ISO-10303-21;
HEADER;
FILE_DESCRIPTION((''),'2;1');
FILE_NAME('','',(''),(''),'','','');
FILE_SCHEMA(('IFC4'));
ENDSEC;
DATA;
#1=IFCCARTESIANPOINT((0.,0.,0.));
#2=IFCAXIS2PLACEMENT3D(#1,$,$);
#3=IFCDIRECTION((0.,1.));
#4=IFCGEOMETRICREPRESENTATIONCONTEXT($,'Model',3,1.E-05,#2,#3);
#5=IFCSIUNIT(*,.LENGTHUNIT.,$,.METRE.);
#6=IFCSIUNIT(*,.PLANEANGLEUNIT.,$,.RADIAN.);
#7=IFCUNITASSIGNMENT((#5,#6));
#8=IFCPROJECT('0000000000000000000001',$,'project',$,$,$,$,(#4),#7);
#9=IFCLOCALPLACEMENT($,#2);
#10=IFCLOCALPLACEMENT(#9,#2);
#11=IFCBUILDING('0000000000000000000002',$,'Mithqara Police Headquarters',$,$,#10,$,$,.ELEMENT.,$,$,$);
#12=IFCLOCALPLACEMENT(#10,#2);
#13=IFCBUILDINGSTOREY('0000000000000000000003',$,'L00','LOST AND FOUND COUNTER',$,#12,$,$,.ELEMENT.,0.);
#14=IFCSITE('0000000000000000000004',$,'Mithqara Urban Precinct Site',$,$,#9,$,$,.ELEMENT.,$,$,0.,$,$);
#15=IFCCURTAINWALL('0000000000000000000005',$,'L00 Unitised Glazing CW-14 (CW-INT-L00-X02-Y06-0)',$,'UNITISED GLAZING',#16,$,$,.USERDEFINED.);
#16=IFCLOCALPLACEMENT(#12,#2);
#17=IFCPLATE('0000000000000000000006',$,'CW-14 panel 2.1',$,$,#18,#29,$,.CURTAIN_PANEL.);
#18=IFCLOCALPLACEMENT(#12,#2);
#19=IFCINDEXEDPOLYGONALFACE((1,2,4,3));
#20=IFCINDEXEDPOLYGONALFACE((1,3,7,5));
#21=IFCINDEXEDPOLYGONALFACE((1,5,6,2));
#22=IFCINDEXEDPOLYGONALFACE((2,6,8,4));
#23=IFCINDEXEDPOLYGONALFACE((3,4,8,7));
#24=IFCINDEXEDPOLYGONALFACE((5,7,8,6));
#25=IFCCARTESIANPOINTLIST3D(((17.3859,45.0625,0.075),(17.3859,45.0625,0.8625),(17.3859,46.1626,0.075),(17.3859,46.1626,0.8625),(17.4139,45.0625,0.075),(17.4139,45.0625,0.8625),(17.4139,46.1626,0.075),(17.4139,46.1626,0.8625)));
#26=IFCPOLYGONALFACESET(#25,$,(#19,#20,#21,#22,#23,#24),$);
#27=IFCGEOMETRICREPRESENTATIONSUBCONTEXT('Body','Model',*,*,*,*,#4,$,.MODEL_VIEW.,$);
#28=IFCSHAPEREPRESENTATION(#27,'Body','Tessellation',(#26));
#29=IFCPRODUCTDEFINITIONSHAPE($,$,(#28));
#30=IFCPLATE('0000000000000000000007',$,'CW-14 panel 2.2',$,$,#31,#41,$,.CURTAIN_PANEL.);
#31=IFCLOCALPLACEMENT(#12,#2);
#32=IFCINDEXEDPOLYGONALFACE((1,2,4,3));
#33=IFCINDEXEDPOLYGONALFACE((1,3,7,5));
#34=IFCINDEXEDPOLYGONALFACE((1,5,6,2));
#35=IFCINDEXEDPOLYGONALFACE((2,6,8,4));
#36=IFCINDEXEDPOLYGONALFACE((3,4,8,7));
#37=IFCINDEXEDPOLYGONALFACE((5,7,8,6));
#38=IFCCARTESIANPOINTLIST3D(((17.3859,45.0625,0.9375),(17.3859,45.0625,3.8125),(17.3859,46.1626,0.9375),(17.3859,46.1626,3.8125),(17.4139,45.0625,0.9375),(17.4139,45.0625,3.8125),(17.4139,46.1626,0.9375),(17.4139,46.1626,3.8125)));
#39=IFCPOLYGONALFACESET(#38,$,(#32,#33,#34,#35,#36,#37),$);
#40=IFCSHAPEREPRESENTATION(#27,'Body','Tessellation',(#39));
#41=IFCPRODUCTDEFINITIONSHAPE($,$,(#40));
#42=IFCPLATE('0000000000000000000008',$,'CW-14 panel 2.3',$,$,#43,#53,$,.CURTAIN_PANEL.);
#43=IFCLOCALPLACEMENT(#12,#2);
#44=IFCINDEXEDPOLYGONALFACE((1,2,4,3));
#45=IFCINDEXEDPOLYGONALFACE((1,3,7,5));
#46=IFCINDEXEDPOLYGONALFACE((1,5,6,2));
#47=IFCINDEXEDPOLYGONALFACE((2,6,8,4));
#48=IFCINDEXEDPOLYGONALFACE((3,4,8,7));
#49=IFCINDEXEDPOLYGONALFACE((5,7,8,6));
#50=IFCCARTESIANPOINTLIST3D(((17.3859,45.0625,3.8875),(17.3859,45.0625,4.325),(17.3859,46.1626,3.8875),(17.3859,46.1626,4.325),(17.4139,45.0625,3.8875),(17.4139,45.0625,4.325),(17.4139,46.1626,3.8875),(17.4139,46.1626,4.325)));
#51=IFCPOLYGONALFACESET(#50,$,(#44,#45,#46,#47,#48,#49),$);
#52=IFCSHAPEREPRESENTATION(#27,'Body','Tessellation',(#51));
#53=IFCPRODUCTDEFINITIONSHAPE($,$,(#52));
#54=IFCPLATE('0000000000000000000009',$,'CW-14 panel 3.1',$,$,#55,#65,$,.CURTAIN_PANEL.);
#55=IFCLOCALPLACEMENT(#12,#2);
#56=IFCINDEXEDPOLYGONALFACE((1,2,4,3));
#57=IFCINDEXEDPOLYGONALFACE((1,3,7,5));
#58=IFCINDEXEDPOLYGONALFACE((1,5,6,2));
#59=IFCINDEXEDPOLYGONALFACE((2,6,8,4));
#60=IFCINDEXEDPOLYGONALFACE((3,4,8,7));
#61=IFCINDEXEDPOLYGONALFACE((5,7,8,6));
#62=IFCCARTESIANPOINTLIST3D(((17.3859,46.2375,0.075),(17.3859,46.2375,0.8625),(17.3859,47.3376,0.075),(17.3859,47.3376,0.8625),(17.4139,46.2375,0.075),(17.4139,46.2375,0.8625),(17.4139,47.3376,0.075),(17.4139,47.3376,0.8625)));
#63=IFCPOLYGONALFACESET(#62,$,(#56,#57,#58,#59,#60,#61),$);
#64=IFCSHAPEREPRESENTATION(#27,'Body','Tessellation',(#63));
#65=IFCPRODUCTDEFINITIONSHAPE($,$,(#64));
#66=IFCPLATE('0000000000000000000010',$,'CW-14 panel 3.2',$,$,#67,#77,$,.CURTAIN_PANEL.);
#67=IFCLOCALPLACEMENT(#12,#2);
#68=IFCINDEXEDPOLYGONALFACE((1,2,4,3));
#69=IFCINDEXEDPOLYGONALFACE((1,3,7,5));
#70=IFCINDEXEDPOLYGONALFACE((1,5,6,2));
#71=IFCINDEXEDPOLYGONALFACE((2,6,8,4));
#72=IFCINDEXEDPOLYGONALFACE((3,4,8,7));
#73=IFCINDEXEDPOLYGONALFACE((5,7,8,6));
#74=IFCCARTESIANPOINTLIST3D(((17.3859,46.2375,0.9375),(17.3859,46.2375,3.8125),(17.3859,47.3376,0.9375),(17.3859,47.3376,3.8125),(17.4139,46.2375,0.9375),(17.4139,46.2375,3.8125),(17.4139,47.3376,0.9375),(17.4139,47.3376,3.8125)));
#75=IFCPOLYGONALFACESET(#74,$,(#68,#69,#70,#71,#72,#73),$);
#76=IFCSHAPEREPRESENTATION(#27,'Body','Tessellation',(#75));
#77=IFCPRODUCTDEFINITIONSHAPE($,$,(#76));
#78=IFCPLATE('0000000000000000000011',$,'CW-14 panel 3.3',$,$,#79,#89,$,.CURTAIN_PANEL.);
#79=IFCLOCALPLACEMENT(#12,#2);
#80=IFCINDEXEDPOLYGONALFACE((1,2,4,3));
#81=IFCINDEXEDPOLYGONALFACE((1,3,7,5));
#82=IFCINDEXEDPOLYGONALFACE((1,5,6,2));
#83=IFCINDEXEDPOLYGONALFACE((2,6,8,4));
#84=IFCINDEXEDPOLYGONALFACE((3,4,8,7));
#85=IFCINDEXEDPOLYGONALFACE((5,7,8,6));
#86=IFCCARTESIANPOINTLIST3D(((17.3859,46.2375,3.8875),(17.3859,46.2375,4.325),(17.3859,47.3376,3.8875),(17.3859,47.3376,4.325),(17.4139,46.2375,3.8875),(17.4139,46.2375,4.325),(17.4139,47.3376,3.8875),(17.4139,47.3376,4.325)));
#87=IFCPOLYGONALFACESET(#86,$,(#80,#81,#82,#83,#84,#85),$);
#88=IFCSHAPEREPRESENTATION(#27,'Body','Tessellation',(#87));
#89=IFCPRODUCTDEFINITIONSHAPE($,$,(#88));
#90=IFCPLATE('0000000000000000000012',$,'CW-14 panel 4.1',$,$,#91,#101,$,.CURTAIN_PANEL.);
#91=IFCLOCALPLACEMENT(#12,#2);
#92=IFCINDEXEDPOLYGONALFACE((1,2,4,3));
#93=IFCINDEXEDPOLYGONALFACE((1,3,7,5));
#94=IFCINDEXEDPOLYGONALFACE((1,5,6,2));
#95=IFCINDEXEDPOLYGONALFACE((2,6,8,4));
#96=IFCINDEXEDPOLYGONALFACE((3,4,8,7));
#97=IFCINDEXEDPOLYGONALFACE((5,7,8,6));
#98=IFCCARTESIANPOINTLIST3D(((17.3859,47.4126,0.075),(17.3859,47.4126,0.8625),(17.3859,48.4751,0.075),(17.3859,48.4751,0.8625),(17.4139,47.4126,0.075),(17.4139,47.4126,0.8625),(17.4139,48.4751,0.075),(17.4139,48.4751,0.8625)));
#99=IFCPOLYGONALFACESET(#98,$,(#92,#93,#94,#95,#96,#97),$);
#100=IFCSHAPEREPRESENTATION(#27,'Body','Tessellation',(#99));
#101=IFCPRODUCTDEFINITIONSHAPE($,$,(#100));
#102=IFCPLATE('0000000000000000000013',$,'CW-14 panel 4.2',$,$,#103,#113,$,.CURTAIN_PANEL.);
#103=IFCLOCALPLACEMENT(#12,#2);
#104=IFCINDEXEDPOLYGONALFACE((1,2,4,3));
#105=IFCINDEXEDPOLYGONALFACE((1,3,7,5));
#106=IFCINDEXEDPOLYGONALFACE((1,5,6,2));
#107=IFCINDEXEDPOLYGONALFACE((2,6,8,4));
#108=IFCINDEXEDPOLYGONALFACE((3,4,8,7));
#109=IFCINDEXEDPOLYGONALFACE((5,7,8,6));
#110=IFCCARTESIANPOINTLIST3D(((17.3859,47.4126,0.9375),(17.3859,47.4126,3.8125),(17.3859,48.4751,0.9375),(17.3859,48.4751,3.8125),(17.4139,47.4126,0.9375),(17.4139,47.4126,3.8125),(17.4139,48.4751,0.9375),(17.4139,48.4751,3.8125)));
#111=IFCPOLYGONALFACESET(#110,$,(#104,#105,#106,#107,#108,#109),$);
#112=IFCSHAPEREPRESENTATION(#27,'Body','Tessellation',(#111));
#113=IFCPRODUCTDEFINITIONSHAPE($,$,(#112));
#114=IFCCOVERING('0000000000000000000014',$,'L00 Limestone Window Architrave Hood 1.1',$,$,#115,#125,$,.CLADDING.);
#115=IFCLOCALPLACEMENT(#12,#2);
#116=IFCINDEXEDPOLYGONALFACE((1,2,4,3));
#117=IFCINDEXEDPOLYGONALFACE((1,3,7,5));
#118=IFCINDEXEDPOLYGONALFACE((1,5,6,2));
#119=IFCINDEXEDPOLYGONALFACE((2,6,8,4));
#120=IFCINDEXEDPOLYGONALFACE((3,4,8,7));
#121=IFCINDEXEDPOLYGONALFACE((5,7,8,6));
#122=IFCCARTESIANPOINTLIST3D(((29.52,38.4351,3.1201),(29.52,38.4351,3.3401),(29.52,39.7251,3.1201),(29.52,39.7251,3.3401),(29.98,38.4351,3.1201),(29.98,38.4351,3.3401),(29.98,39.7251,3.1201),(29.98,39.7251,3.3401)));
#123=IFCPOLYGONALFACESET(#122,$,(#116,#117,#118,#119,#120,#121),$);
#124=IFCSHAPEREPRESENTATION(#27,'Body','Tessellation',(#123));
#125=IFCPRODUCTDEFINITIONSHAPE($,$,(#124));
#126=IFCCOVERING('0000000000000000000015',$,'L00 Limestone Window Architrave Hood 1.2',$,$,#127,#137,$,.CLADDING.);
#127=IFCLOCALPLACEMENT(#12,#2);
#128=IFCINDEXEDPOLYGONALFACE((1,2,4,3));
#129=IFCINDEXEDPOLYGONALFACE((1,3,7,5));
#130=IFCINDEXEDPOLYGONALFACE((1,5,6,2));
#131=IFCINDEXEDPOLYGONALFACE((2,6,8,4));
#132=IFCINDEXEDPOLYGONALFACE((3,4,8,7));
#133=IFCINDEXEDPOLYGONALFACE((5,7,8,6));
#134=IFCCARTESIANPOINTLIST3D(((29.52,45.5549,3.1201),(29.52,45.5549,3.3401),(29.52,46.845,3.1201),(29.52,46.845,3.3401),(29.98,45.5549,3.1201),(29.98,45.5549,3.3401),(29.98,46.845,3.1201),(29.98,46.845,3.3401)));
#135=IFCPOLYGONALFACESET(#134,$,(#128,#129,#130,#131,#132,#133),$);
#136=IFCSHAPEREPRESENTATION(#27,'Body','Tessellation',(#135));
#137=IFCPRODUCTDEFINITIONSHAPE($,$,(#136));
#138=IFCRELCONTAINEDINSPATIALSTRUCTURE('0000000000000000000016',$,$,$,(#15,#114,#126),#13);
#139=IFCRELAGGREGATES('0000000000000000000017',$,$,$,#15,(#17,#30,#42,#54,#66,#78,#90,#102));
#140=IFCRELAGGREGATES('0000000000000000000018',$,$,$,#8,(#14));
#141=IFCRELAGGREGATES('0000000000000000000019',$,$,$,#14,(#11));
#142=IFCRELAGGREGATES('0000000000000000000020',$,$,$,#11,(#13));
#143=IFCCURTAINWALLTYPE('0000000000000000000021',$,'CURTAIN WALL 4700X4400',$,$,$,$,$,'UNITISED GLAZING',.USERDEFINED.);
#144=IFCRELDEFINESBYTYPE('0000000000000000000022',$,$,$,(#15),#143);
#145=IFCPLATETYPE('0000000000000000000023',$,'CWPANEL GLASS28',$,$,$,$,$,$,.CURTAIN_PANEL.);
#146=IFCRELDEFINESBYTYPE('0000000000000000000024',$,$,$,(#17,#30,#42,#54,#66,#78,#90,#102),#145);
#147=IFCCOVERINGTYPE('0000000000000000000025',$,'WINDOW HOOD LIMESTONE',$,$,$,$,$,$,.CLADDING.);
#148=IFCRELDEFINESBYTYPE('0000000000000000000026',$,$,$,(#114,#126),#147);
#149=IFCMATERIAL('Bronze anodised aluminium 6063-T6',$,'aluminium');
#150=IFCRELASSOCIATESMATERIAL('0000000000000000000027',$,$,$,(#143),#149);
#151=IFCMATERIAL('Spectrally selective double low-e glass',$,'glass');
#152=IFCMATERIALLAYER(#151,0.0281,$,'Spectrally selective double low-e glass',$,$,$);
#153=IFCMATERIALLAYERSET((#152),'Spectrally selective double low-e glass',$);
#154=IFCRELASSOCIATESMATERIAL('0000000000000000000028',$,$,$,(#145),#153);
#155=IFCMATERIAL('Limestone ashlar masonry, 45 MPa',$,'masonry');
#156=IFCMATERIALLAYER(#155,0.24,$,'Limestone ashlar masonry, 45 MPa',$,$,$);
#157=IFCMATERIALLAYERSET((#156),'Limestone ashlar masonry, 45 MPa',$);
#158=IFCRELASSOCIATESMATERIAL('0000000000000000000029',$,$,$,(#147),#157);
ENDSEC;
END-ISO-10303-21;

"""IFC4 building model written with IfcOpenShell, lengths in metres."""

from ifc_helpers import new_model, si_unit, direction, frame, origin, origin_2d, place, context, subcontext, project, spatial, rectangle, extrude, material, layer, layer_set, type_object, element, aggregate, save


model = new_model("IFC4")

# Units and contexts
model_context = context("Model", 3, precision=1e-05, world=origin(), true_north=direction((0.0, 1.0)))
body_context = subcontext(model_context, "Body", "Model", "MODEL_VIEW")
ifc_project = project(units=[si_unit("LENGTHUNIT", "METRE"), si_unit("PLANEANGLEUNIT", "RADIAN")], contexts=[model_context])

# Site, building, storey
site_placement = place(None, origin())
site = spatial("IfcSite", under=ifc_project, at=site_placement, Name="Mithqara Urban Precinct Site", CompositionType="ELEMENT", RefElevation=0.0)
building_placement = place(site_placement, origin())
building = spatial("IfcBuilding", under=site, at=building_placement, Name="Mithqara Police Headquarters", CompositionType="ELEMENT")
storey_placement = place(building_placement, origin())
storey = spatial("IfcBuildingStorey", under=building, at=storey_placement, Name="L00", Description="LOST AND FOUND COUNTER", CompositionType="ELEMENT", Elevation=0.0)

# Curtain wall, plates
ifc_material_1 = material(Name="Bronze anodised aluminium 6063-T6", Category="aluminium")
curtain_wall_type = type_object("IfcCurtainWallType", Name="CURTAIN WALL 4700X4400", ElementType="UNITISED GLAZING", PredefinedType="USERDEFINED", material=ifc_material_1)
curtain_wall_placement = place(storey_placement, origin())
curtain_wall = element("IfcCurtainWall", 1, at=curtain_wall_placement, inside=storey, type_object=curtain_wall_type, Name="L00 Unitised Glazing CW-14 (CW-INT-L00-X02-Y06-0)", ObjectType="UNITISED GLAZING", PredefinedType="USERDEFINED")
ifc_material_2 = material(Name="Spectrally selective double low-e glass", Category="glass")
ifc_layer_1 = layer(ifc_material_2, 0.0281, Name="Spectrally selective double low-e glass")
ifc_layer_set_1 = layer_set([ifc_layer_1], Name="Spectrally selective double low-e glass")
plate_type = type_object("IfcPlateType", Name="CWPANEL GLASS28", PredefinedType="CURTAIN_PANEL", material=ifc_layer_set_1)
plate_1_placement = place(storey_placement, frame((17.3999, 45.6125, 0.075), z_axis=(0.0, 0.0, 1.0), x_axis=(0.0, 1.0, 0.0)))
plate_1 = element("IfcPlate", 2, at=plate_1_placement, type_object=plate_type, Name="CW-14 panel 2.1", PredefinedType="CURTAIN_PANEL", context=body_context, shape_type="SweptSolid", body=[
    extrude(rectangle(XDim=1.1001, YDim=0.0281, at=origin_2d()), origin(), (0.0, 0.0, 1.0), 0.7876),
])
plate_2_placement = place(storey_placement, frame((17.3999, 45.6125, 0.9375), z_axis=(0.0, 0.0, 1.0), x_axis=(0.0, 1.0, 0.0)))
plate_2 = element("IfcPlate", 3, at=plate_2_placement, type_object=plate_type, Name="CW-14 panel 2.2", PredefinedType="CURTAIN_PANEL", context=body_context, shape_type="SweptSolid", body=[
    extrude(rectangle(XDim=1.1001, YDim=0.0281, at=origin_2d()), origin(), (0.0, 0.0, 1.0), 2.875),
])
plate_3_placement = place(storey_placement, frame((17.3999, 45.6125, 3.8875), z_axis=(0.0, 0.0, 1.0), x_axis=(0.0, 1.0, 0.0)))
plate_3 = element("IfcPlate", 4, at=plate_3_placement, type_object=plate_type, Name="CW-14 panel 2.3", PredefinedType="CURTAIN_PANEL", context=body_context, shape_type="SweptSolid", body=[
    extrude(rectangle(XDim=1.1001, YDim=0.0281, at=origin_2d()), origin(), (0.0, 0.0, 1.0), 0.4375),
])
plate_4_placement = place(storey_placement, frame((17.3999, 46.7876, 0.075), z_axis=(0.0, 0.0, 1.0), x_axis=(0.0, 1.0, 0.0)))
plate_4 = element("IfcPlate", 5, at=plate_4_placement, type_object=plate_type, Name="CW-14 panel 3.1", PredefinedType="CURTAIN_PANEL", context=body_context, shape_type="SweptSolid", body=[
    extrude(rectangle(XDim=1.1001, YDim=0.0281, at=origin_2d()), origin(), (0.0, 0.0, 1.0), 0.7876),
])
plate_5_placement = place(storey_placement, frame((17.3999, 46.7876, 0.9375), z_axis=(0.0, 0.0, 1.0), x_axis=(0.0, 1.0, 0.0)))
plate_5 = element("IfcPlate", 6, at=plate_5_placement, type_object=plate_type, Name="CW-14 panel 3.2", PredefinedType="CURTAIN_PANEL", context=body_context, shape_type="SweptSolid", body=[
    extrude(rectangle(XDim=1.1001, YDim=0.0281, at=origin_2d()), origin(), (0.0, 0.0, 1.0), 2.875),
])
plate_6_placement = place(storey_placement, frame((17.3999, 46.7876, 3.8875), z_axis=(0.0, 0.0, 1.0), x_axis=(0.0, 1.0, 0.0)))
plate_6 = element("IfcPlate", 7, at=plate_6_placement, type_object=plate_type, Name="CW-14 panel 3.3", PredefinedType="CURTAIN_PANEL", context=body_context, shape_type="SweptSolid", body=[
    extrude(rectangle(XDim=1.1001, YDim=0.0281, at=origin_2d()), origin(), (0.0, 0.0, 1.0), 0.4375),
])
plate_7_placement = place(storey_placement, frame((17.3999, 47.9438, 0.075), z_axis=(0.0, 0.0, 1.0), x_axis=(0.0, 1.0, 0.0)))
plate_7 = element("IfcPlate", 8, at=plate_7_placement, type_object=plate_type, Name="CW-14 panel 4.1", PredefinedType="CURTAIN_PANEL", context=body_context, shape_type="SweptSolid", body=[
    extrude(rectangle(XDim=1.0625, YDim=0.0281, at=origin_2d()), origin(), (0.0, 0.0, 1.0), 0.7876),
])
plate_8_placement = place(storey_placement, frame((17.3999, 47.9438, 0.9375), z_axis=(0.0, 0.0, 1.0), x_axis=(0.0, 1.0, 0.0)))
plate_8 = element("IfcPlate", 9, at=plate_8_placement, type_object=plate_type, Name="CW-14 panel 4.2", PredefinedType="CURTAIN_PANEL", context=body_context, shape_type="SweptSolid", body=[
    extrude(rectangle(XDim=1.0625, YDim=0.0281, at=origin_2d()), origin(), (0.0, 0.0, 1.0), 2.875),
])
aggregate(curtain_wall, [plate_1, plate_2, plate_3, plate_4, plate_5, plate_6, plate_7, plate_8])

# Coverings
ifc_material_3 = material(Name="Limestone ashlar masonry, 45 MPa", Category="masonry")
ifc_layer_2 = layer(ifc_material_3, 0.24, Name="Limestone ashlar masonry, 45 MPa")
ifc_layer_set_2 = layer_set([ifc_layer_2], Name="Limestone ashlar masonry, 45 MPa")
covering_type = type_object("IfcCoveringType", Name="WINDOW HOOD LIMESTONE", PredefinedType="CLADDING", material=ifc_layer_set_2)
for number, where, z_axis, x_axis, name in (
    (10, (29.75, 39.0801, 3.1201), (0.0, 0.0, 1.0), (0.0, 1.0, 0.0), "L00 Limestone Window Architrave Hood 1.1"),
    (11, (29.75, 46.2, 3.1201), (0.0, 0.0, 1.0), (0.0, 1.0, 0.0), "L00 Limestone Window Architrave Hood 1.2"),
):
    element("IfcCovering", number, at=place(storey_placement, frame(where, z_axis=z_axis, x_axis=x_axis)), inside=storey, type_object=covering_type, Name=name, PredefinedType="CLADDING", context=body_context, shape_type="SweptSolid", body=[
        extrude(rectangle(XDim=1.29, YDim=0.46, at=origin_2d()), origin(), (0.0, 0.0, 1.0), 0.22),
    ])

save(model, "model.ifc")
